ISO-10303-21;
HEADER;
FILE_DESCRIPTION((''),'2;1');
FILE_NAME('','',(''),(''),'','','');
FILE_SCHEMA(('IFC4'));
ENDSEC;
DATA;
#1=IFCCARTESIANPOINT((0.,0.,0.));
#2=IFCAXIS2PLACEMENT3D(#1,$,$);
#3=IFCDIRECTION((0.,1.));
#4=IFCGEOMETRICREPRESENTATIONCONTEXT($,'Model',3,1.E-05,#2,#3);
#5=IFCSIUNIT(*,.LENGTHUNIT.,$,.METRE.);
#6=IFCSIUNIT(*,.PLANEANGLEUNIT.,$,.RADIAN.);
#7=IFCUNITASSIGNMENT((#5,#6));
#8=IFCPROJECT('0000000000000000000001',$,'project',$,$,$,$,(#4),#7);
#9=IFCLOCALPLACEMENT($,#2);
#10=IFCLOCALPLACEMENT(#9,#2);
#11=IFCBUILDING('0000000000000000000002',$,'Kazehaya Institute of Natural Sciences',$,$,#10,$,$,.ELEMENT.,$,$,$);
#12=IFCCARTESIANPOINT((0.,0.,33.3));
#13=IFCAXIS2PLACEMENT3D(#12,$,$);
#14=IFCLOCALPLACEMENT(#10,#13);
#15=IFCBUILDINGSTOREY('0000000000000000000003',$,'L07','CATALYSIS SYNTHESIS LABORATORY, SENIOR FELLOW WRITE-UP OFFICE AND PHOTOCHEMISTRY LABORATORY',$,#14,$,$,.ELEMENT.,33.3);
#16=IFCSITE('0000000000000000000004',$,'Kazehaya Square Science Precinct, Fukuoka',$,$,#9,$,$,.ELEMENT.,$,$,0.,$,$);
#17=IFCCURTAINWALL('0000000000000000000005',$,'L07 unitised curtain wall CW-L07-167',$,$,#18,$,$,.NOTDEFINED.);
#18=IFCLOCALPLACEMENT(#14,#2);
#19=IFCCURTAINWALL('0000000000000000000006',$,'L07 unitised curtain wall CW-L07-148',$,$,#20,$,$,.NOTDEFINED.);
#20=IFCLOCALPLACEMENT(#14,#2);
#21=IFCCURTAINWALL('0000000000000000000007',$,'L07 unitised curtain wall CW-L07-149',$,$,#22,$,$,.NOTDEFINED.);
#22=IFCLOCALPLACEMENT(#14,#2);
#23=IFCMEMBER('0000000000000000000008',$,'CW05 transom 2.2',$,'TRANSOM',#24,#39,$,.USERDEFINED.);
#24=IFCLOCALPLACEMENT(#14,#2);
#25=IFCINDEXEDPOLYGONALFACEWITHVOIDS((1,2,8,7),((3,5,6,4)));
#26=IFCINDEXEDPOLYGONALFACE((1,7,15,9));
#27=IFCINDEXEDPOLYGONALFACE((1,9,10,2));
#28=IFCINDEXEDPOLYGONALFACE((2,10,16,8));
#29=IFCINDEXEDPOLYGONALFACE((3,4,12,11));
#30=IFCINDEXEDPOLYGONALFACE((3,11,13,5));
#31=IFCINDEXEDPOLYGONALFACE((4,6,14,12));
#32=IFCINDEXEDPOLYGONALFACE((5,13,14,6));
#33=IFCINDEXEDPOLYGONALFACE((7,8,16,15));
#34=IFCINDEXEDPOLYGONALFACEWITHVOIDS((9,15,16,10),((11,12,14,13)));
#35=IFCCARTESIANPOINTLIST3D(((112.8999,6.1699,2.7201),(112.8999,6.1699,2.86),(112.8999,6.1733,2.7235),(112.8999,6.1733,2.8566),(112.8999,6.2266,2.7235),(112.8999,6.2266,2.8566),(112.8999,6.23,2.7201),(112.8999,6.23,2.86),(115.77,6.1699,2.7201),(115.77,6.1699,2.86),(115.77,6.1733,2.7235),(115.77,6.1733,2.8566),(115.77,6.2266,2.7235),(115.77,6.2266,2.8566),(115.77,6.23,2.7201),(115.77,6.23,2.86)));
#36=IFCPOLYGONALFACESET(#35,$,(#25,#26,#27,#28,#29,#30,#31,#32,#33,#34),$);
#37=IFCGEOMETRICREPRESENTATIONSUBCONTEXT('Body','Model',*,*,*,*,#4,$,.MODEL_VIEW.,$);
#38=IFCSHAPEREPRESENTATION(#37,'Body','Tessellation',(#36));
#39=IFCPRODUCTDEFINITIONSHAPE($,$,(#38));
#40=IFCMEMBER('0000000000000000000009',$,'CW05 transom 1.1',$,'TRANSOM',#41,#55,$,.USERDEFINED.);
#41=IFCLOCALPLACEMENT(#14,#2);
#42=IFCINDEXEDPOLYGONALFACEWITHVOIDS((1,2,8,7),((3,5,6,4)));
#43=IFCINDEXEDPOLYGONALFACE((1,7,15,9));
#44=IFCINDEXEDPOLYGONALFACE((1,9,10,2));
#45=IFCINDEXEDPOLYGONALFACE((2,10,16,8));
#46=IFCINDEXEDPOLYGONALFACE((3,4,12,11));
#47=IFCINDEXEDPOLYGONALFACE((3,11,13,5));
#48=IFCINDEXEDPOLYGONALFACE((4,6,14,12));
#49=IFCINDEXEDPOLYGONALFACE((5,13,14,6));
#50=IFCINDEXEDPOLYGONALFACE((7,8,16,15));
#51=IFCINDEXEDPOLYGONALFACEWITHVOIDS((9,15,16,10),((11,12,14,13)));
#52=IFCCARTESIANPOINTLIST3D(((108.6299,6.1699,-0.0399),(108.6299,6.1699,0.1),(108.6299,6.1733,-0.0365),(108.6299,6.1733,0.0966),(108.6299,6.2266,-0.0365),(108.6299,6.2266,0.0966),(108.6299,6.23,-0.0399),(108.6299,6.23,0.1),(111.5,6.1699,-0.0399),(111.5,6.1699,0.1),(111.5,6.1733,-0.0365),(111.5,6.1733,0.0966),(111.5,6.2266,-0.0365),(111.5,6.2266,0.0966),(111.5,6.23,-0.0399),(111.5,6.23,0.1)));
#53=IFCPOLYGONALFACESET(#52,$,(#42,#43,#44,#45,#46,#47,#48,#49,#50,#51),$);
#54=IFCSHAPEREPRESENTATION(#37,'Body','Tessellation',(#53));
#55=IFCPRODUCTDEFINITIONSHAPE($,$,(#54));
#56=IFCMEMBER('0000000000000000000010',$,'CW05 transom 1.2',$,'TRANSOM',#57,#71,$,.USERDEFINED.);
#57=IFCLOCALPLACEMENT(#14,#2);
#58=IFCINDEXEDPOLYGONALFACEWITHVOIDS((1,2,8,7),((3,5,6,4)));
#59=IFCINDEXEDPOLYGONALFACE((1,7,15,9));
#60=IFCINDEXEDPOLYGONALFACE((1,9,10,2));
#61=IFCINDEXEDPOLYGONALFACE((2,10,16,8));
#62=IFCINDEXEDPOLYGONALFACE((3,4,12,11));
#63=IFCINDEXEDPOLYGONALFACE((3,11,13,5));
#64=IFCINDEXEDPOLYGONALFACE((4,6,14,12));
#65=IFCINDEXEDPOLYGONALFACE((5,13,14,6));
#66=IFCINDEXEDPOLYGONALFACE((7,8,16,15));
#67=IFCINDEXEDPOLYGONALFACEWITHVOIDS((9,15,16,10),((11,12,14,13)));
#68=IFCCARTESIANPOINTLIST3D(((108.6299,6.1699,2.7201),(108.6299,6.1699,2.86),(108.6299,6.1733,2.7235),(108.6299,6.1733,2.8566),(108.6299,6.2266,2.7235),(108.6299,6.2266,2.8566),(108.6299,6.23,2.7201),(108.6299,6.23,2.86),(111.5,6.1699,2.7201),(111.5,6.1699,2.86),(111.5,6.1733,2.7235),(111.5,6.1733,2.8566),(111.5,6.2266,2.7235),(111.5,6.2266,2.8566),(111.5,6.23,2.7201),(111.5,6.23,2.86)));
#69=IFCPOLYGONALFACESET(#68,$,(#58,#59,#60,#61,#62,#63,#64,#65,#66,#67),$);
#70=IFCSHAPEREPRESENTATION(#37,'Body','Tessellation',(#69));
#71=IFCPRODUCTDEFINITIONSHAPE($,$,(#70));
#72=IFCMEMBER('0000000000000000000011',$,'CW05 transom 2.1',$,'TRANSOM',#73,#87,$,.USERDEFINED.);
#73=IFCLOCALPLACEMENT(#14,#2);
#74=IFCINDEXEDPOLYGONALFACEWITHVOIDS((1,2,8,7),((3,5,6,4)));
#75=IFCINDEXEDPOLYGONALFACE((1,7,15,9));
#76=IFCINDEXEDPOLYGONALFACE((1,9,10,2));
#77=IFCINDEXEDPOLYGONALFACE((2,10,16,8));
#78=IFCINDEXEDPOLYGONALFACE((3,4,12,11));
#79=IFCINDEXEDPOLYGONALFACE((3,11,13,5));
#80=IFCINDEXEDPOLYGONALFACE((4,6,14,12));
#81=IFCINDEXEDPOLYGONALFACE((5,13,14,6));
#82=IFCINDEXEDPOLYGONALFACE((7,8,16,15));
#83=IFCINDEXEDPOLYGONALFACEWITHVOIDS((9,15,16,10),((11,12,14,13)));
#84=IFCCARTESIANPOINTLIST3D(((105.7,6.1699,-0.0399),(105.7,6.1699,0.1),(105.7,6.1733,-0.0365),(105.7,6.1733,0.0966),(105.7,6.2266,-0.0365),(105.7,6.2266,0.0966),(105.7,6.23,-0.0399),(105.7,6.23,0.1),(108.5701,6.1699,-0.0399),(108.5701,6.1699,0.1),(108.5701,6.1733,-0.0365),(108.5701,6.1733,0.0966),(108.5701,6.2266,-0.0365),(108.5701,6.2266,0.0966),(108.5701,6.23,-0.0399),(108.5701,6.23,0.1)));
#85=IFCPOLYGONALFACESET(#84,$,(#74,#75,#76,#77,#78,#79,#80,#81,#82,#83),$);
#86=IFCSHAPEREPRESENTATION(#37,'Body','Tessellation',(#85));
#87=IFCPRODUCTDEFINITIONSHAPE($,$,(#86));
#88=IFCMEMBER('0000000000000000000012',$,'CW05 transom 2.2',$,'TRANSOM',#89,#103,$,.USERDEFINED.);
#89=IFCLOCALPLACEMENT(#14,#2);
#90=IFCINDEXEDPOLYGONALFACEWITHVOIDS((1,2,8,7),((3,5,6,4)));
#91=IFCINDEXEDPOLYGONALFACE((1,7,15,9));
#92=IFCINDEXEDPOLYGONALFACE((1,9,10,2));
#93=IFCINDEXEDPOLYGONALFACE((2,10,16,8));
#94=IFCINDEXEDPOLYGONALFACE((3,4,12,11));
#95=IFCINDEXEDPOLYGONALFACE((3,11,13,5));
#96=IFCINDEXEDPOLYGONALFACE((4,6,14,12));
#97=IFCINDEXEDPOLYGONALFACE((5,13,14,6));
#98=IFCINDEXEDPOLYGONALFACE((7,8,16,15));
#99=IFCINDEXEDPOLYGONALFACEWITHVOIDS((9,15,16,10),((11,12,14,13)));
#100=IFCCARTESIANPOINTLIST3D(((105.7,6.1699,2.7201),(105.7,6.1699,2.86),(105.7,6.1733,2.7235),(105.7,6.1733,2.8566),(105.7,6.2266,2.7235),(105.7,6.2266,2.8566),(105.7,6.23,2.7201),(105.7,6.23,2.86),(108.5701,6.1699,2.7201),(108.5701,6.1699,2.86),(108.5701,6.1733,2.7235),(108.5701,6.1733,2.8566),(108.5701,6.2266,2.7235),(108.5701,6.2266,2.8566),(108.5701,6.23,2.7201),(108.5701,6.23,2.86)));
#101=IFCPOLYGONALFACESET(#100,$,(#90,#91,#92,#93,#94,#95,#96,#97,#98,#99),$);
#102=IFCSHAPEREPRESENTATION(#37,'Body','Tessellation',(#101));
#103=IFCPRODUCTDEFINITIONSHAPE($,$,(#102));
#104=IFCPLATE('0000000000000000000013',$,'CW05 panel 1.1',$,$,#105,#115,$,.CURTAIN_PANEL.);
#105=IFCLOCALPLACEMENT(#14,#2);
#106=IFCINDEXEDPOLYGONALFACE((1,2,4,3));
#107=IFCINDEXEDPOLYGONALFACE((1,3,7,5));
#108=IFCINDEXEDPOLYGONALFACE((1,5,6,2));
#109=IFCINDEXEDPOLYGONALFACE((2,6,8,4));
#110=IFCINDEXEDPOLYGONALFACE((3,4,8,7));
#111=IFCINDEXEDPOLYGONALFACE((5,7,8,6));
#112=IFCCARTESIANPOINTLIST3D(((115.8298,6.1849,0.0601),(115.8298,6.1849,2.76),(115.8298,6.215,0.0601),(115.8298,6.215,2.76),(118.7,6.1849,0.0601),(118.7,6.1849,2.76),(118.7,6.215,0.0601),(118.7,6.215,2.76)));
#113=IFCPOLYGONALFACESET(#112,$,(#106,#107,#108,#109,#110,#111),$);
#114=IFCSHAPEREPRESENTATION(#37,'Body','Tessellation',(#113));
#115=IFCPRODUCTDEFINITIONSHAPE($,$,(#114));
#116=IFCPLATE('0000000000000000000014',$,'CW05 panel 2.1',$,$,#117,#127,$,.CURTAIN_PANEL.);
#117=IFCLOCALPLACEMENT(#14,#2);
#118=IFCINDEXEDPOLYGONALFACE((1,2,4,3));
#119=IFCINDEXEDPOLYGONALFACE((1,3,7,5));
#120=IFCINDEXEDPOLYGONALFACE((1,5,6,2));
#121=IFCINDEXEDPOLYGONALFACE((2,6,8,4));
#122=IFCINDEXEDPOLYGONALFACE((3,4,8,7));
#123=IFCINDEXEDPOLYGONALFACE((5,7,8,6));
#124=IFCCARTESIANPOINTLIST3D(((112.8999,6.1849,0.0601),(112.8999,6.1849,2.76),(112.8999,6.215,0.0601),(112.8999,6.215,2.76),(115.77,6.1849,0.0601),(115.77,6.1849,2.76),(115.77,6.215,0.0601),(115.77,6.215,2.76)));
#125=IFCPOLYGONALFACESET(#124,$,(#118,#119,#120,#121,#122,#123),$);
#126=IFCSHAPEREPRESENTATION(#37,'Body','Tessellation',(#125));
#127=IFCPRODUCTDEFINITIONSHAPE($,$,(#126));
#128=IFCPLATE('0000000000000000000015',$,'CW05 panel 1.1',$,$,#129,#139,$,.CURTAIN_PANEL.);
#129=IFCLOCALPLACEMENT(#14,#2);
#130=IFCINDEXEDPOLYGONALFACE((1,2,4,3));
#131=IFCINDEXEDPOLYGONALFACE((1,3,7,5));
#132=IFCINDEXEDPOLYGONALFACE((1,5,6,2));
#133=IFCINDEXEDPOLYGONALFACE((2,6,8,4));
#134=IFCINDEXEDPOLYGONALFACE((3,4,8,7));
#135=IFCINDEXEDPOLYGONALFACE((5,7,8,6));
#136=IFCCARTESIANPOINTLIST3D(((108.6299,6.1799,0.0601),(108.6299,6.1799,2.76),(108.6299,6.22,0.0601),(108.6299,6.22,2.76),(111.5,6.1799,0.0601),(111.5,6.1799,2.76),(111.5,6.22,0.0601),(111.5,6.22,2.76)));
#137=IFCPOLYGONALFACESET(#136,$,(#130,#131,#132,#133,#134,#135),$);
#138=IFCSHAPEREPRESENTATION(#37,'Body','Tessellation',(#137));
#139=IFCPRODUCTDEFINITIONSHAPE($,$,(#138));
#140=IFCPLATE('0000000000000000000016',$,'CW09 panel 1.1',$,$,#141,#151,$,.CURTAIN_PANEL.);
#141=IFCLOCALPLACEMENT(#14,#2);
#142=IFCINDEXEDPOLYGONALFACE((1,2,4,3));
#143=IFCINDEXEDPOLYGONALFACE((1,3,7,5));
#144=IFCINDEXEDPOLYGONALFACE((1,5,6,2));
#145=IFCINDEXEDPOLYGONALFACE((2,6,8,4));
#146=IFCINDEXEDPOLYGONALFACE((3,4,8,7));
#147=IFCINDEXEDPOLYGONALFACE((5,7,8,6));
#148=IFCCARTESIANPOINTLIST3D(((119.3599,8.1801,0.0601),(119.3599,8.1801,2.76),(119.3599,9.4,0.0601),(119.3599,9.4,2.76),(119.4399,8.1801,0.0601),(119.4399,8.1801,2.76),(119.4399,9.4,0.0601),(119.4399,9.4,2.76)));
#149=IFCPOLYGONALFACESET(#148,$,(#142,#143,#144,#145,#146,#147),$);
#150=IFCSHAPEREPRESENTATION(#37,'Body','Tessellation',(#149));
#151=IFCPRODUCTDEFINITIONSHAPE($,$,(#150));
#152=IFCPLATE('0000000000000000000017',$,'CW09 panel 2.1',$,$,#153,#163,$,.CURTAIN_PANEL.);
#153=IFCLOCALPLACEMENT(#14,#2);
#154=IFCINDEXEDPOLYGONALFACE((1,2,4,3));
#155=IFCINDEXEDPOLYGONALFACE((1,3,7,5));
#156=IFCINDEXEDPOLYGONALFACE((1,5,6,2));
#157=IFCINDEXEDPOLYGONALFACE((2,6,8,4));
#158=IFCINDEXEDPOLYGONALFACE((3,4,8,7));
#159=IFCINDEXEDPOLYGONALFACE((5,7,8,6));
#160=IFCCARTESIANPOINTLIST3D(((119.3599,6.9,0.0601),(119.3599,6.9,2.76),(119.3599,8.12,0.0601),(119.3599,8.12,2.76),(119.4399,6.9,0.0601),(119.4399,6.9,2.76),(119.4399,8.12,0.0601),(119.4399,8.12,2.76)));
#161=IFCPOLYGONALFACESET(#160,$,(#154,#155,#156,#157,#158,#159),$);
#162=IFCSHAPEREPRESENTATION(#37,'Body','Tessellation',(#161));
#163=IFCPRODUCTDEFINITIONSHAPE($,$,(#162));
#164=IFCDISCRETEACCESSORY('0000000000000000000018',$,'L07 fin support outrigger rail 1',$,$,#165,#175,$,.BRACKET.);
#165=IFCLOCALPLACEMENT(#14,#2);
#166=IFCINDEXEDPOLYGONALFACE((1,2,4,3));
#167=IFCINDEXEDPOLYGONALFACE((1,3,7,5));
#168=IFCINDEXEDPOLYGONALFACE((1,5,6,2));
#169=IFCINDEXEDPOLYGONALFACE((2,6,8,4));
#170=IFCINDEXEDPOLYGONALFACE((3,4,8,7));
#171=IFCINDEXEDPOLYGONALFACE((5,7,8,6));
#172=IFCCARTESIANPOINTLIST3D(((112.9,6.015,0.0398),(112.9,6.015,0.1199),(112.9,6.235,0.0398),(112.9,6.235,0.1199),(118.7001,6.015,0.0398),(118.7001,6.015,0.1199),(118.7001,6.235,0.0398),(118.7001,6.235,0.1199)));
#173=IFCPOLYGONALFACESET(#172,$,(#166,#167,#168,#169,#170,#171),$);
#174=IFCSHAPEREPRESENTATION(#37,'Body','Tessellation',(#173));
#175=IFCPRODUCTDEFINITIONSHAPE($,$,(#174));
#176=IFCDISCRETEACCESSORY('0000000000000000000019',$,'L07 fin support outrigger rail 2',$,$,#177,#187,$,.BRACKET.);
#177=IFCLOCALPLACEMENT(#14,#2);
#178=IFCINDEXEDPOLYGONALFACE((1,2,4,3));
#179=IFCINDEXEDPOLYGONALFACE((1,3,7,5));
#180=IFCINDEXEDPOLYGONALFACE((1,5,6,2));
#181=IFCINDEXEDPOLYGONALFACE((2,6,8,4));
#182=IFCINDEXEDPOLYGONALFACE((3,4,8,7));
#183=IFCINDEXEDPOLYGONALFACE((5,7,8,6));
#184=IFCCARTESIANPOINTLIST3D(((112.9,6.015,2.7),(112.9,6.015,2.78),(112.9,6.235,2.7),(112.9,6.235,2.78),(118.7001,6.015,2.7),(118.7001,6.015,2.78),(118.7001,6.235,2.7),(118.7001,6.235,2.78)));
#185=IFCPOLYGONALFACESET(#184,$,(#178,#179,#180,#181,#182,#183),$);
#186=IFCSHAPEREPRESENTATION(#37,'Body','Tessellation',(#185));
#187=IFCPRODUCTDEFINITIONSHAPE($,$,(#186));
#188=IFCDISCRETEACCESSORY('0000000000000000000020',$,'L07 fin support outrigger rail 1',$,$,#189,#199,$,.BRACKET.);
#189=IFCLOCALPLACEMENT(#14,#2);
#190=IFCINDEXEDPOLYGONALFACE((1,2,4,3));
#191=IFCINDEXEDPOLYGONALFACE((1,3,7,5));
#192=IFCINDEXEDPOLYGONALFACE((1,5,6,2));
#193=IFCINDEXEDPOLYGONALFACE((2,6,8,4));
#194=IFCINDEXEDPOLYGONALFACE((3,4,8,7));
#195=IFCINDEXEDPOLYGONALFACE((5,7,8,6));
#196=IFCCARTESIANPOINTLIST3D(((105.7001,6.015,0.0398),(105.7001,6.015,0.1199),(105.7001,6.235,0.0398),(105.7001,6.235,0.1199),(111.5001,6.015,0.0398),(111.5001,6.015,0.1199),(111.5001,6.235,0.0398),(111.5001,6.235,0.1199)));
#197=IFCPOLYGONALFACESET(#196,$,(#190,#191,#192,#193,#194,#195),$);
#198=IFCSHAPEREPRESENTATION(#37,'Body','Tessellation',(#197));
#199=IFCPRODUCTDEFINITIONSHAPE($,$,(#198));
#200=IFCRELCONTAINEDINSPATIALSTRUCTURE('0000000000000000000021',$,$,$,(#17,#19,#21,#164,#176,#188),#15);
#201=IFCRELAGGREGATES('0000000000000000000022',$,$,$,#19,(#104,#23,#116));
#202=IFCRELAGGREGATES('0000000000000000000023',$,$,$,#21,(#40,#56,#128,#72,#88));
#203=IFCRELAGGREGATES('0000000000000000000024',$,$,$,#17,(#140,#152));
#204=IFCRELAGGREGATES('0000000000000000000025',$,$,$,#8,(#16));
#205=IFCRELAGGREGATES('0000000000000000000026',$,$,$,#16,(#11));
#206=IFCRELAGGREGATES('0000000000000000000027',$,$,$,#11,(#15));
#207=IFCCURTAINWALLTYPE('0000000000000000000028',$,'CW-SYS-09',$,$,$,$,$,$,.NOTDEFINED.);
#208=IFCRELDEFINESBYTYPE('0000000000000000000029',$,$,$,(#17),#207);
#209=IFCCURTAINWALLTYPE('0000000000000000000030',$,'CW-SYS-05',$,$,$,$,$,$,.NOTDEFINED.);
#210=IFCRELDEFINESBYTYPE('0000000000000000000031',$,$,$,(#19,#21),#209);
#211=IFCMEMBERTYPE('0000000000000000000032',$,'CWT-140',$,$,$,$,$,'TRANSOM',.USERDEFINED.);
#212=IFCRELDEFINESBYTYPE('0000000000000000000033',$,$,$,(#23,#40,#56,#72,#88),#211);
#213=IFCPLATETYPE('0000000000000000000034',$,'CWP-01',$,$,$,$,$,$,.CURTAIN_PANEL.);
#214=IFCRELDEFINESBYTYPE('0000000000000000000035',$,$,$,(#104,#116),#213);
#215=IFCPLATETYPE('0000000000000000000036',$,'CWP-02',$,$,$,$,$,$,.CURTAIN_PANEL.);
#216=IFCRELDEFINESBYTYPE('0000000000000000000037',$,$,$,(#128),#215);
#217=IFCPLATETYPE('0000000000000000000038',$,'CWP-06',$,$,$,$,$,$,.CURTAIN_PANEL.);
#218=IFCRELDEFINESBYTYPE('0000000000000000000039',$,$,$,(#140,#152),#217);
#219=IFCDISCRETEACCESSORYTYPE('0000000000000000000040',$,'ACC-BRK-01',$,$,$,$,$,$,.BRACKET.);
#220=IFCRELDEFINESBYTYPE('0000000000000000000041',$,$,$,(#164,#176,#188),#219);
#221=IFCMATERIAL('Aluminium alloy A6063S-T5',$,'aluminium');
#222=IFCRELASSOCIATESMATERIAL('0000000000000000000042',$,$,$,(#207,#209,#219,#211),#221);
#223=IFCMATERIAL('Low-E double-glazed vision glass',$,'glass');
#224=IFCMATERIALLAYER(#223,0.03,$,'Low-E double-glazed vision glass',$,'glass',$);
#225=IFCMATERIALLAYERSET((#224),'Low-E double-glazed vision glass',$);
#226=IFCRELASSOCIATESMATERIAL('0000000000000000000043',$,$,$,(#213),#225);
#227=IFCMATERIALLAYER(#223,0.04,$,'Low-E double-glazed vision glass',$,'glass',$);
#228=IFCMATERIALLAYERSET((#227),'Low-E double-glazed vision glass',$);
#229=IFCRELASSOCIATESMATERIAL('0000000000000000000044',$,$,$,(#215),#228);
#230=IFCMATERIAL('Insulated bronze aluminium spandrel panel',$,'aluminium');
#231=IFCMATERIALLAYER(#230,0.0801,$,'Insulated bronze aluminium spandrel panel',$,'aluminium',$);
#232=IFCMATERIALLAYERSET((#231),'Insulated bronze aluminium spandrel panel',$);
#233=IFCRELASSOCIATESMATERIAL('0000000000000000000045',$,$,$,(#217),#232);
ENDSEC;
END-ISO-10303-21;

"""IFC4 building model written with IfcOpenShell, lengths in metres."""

from ifc_helpers import new_model, si_unit, direction, frame, origin, origin_2d, place, context, subcontext, project, spatial, rectangle, hollow_rectangle, extrude, material, layer, layer_set, material_profile, profile_set, type_object, element, aggregate, save


model = new_model("IFC4")

# Units and contexts
model_context = context("Model", 3, precision=1e-05, world=origin(), true_north=direction((0.0, 1.0)))
body_context = subcontext(model_context, "Body", "Model", "MODEL_VIEW")
ifc_project = project(units=[si_unit("LENGTHUNIT", "METRE"), si_unit("PLANEANGLEUNIT", "RADIAN")], contexts=[model_context])

# Site, building, storey
site_placement = place(None, origin())
site = spatial("IfcSite", under=ifc_project, at=site_placement, Name="Kazehaya Square Science Precinct, Fukuoka", CompositionType="ELEMENT", RefElevation=0.0)
building_placement = place(site_placement, origin())
building = spatial("IfcBuilding", under=site, at=building_placement, Name="Kazehaya Institute of Natural Sciences", CompositionType="ELEMENT")
storey_placement = place(building_placement, frame((0.0, 0.0, 33.3)))
storey = spatial("IfcBuildingStorey", under=building, at=storey_placement, Name="L07", Description="CATALYSIS SYNTHESIS LABORATORY, SENIOR FELLOW WRITE-UP OFFICE AND PHOTOCHEMISTRY LABORATORY", CompositionType="ELEMENT", Elevation=33.3)

# Curtain walls
ifc_material_1 = material(Name="Aluminium alloy A6063S-T5", Category="aluminium")
curtain_wall_type_1 = type_object("IfcCurtainWallType", Name="CW-SYS-09", PredefinedType="NOTDEFINED", material=ifc_material_1)
curtain_wall_1_placement = place(storey_placement, origin())
curtain_wall_1 = element("IfcCurtainWall", 1, at=curtain_wall_1_placement, inside=storey, type_object=curtain_wall_type_1, Name="L07 unitised curtain wall CW-L07-167", PredefinedType="NOTDEFINED")
curtain_wall_type_2 = type_object("IfcCurtainWallType", Name="CW-SYS-05", PredefinedType="NOTDEFINED", material=ifc_material_1)
curtain_wall_2_placement = place(storey_placement, origin())
curtain_wall_2 = element("IfcCurtainWall", 2, at=curtain_wall_2_placement, inside=storey, type_object=curtain_wall_type_2, Name="L07 unitised curtain wall CW-L07-148", PredefinedType="NOTDEFINED")
curtain_wall_3_placement = place(storey_placement, origin())
curtain_wall_3 = element("IfcCurtainWall", 3, at=curtain_wall_3_placement, inside=storey, type_object=curtain_wall_type_2, Name="L07 unitised curtain wall CW-L07-149", PredefinedType="NOTDEFINED")

# Members
ifc_material_profile_1 = material_profile(ifc_material_1, hollow_rectangle(XDim=0.0601, YDim=0.1399, WallThickness=0.0034, at=origin_2d()), Name="ALU-60x140x3.5")
ifc_profile_set_1 = profile_set([ifc_material_profile_1], Name="Aluminium alloy A6063S-T5")
member_type_1 = type_object("IfcMemberType", Name="CWT-140", ElementType="TRANSOM", PredefinedType="USERDEFINED", material=ifc_profile_set_1)
member_1_placement = place(storey_placement, frame((115.77, 6.2, 2.79), z_axis=(-1.0, 0.0, 0.0), x_axis=(0.0, -1.0, 0.0)))
member_1 = element("IfcMember", 4, at=member_1_placement, type_object=member_type_1, Name="CW05 transom 2.2", ObjectType="TRANSOM", PredefinedType="USERDEFINED", context=body_context, shape_type="SweptSolid", body=[
    extrude(hollow_rectangle(XDim=0.0601, YDim=0.1399, WallThickness=0.0034, at=origin_2d()), origin(), (0.0, 0.0, 1.0), 2.8701),
])
member_2_placement = place(storey_placement, frame((111.5, 6.2, 0.03), z_axis=(-1.0, 0.0, 0.0), x_axis=(0.0, -1.0, 0.0)))
member_2 = element("IfcMember", 5, at=member_2_placement, type_object=member_type_1, Name="CW05 transom 1.1", ObjectType="TRANSOM", PredefinedType="USERDEFINED", context=body_context, shape_type="SweptSolid", body=[
    extrude(hollow_rectangle(XDim=0.0601, YDim=0.1399, WallThickness=0.0034, at=origin_2d()), origin(), (0.0, 0.0, 1.0), 2.8701),
])
member_3_placement = place(storey_placement, frame((111.5, 6.2, 2.79), z_axis=(-1.0, 0.0, 0.0), x_axis=(0.0, -1.0, 0.0)))
member_3 = element("IfcMember", 6, at=member_3_placement, type_object=member_type_1, Name="CW05 transom 1.2", ObjectType="TRANSOM", PredefinedType="USERDEFINED", context=body_context, shape_type="SweptSolid", body=[
    extrude(hollow_rectangle(XDim=0.0601, YDim=0.1399, WallThickness=0.0034, at=origin_2d()), origin(), (0.0, 0.0, 1.0), 2.8701),
])
member_4_placement = place(storey_placement, frame((108.5701, 6.2, 0.03), z_axis=(-1.0, 0.0, 0.0), x_axis=(0.0, -1.0, 0.0)))
member_4 = element("IfcMember", 7, at=member_4_placement, type_object=member_type_1, Name="CW05 transom 2.1", ObjectType="TRANSOM", PredefinedType="USERDEFINED", context=body_context, shape_type="SweptSolid", body=[
    extrude(hollow_rectangle(XDim=0.0601, YDim=0.1399, WallThickness=0.0034, at=origin_2d()), origin(), (0.0, 0.0, 1.0), 2.8701),
])
member_5_placement = place(storey_placement, frame((108.5701, 6.2, 2.79), z_axis=(-1.0, 0.0, 0.0), x_axis=(0.0, -1.0, 0.0)))
member_5 = element("IfcMember", 8, at=member_5_placement, type_object=member_type_1, Name="CW05 transom 2.2", ObjectType="TRANSOM", PredefinedType="USERDEFINED", context=body_context, shape_type="SweptSolid", body=[
    extrude(hollow_rectangle(XDim=0.0601, YDim=0.1399, WallThickness=0.0034, at=origin_2d()), origin(), (0.0, 0.0, 1.0), 2.8701),
])

# Plates
ifc_material_2 = material(Name="Low-E double-glazed vision glass", Category="glass")
ifc_layer_1 = layer(ifc_material_2, 0.03, Name="Low-E double-glazed vision glass", Category="glass")
ifc_layer_set_1 = layer_set([ifc_layer_1], Name="Low-E double-glazed vision glass")
plate_type_1 = type_object("IfcPlateType", Name="CWP-01", PredefinedType="CURTAIN_PANEL", material=ifc_layer_set_1)
plate_1_placement = place(storey_placement, frame((117.2649, 6.2, 0.0601), z_axis=(0.0, 0.0, 1.0), x_axis=(-1.0, 0.0, 0.0)))
plate_1 = element("IfcPlate", 9, at=plate_1_placement, type_object=plate_type_1, Name="CW05 panel 1.1", PredefinedType="CURTAIN_PANEL", context=body_context, shape_type="SweptSolid", body=[
    extrude(rectangle(XDim=2.8701, YDim=0.03, at=origin_2d()), origin(), (0.0, 0.0, 1.0), 2.7),
])
plate_2_placement = place(storey_placement, frame((114.335, 6.2, 0.0601), z_axis=(0.0, 0.0, 1.0), x_axis=(-1.0, 0.0, 0.0)))
plate_2 = element("IfcPlate", 10, at=plate_2_placement, type_object=plate_type_1, Name="CW05 panel 2.1", PredefinedType="CURTAIN_PANEL", context=body_context, shape_type="SweptSolid", body=[
    extrude(rectangle(XDim=2.8701, YDim=0.03, at=origin_2d()), origin(), (0.0, 0.0, 1.0), 2.7),
])
aggregate(curtain_wall_2, [plate_1, member_1, plate_2])
ifc_layer_2 = layer(ifc_material_2, 0.04, Name="Low-E double-glazed vision glass", Category="glass")
ifc_layer_set_2 = layer_set([ifc_layer_2], Name="Low-E double-glazed vision glass")
plate_type_2 = type_object("IfcPlateType", Name="CWP-02", PredefinedType="CURTAIN_PANEL", material=ifc_layer_set_2)
plate_3_placement = place(storey_placement, frame((110.0649, 6.2, 0.0601), z_axis=(0.0, 0.0, 1.0), x_axis=(-1.0, 0.0, 0.0)))
plate_3 = element("IfcPlate", 11, at=plate_3_placement, type_object=plate_type_2, Name="CW05 panel 1.1", PredefinedType="CURTAIN_PANEL", context=body_context, shape_type="SweptSolid", body=[
    extrude(rectangle(XDim=2.8701, YDim=0.04, at=origin_2d()), origin(), (0.0, 0.0, 1.0), 2.7),
])
aggregate(curtain_wall_3, [member_2, member_3, plate_3, member_4, member_5])
ifc_material_3 = material(Name="Insulated bronze aluminium spandrel panel", Category="aluminium")
ifc_layer_3 = layer(ifc_material_3, 0.0801, Name="Insulated bronze aluminium spandrel panel", Category="aluminium")
ifc_layer_set_3 = layer_set([ifc_layer_3], Name="Insulated bronze aluminium spandrel panel")
plate_type_3 = type_object("IfcPlateType", Name="CWP-06", PredefinedType="CURTAIN_PANEL", material=ifc_layer_set_3)
plate_4_placement = place(storey_placement, frame((119.3999, 8.79, 0.0601), z_axis=(0.0, 0.0, 1.0), x_axis=(0.0, -1.0, 0.0)))
plate_4 = element("IfcPlate", 12, at=plate_4_placement, type_object=plate_type_3, Name="CW09 panel 1.1", PredefinedType="CURTAIN_PANEL", context=body_context, shape_type="SweptSolid", body=[
    extrude(rectangle(XDim=1.22, YDim=0.0801, at=origin_2d()), origin(), (0.0, 0.0, 1.0), 2.7),
])
plate_5_placement = place(storey_placement, frame((119.3999, 7.51, 0.0601), z_axis=(0.0, 0.0, 1.0), x_axis=(0.0, -1.0, 0.0)))
plate_5 = element("IfcPlate", 13, at=plate_5_placement, type_object=plate_type_3, Name="CW09 panel 2.1", PredefinedType="CURTAIN_PANEL", context=body_context, shape_type="SweptSolid", body=[
    extrude(rectangle(XDim=1.22, YDim=0.0801, at=origin_2d()), origin(), (0.0, 0.0, 1.0), 2.7),
])
aggregate(curtain_wall_1, [plate_4, plate_5])

# Discrete accessories
discrete_accessory_type = type_object("IfcDiscreteAccessoryType", Name="ACC-BRK-01", PredefinedType="BRACKET", material=ifc_material_1)
for number, where, z_axis, x_axis, name in (
    (14, (115.8, 6.125, 0.0398), (0.0, 0.0, 1.0), (-1.0, 0.0, 0.0), "L07 fin support outrigger rail 1"),
    (15, (115.8, 6.125, 2.7), (0.0, 0.0, 1.0), (-1.0, 0.0, 0.0), "L07 fin support outrigger rail 2"),
    (16, (108.6001, 6.125, 0.0398), (0.0, 0.0, 1.0), (-1.0, 0.0, 0.0), "L07 fin support outrigger rail 1"),
):
    element("IfcDiscreteAccessory", number, at=place(storey_placement, frame(where, z_axis=z_axis, x_axis=x_axis)), inside=storey, type_object=discrete_accessory_type, Name=name, PredefinedType="BRACKET", context=body_context, shape_type="SweptSolid", body=[
        extrude(rectangle(XDim=5.8, YDim=0.22, at=origin_2d()), origin(), (0.0, 0.0, 1.0), 0.0801),
    ])

save(model, "model.ifc")
